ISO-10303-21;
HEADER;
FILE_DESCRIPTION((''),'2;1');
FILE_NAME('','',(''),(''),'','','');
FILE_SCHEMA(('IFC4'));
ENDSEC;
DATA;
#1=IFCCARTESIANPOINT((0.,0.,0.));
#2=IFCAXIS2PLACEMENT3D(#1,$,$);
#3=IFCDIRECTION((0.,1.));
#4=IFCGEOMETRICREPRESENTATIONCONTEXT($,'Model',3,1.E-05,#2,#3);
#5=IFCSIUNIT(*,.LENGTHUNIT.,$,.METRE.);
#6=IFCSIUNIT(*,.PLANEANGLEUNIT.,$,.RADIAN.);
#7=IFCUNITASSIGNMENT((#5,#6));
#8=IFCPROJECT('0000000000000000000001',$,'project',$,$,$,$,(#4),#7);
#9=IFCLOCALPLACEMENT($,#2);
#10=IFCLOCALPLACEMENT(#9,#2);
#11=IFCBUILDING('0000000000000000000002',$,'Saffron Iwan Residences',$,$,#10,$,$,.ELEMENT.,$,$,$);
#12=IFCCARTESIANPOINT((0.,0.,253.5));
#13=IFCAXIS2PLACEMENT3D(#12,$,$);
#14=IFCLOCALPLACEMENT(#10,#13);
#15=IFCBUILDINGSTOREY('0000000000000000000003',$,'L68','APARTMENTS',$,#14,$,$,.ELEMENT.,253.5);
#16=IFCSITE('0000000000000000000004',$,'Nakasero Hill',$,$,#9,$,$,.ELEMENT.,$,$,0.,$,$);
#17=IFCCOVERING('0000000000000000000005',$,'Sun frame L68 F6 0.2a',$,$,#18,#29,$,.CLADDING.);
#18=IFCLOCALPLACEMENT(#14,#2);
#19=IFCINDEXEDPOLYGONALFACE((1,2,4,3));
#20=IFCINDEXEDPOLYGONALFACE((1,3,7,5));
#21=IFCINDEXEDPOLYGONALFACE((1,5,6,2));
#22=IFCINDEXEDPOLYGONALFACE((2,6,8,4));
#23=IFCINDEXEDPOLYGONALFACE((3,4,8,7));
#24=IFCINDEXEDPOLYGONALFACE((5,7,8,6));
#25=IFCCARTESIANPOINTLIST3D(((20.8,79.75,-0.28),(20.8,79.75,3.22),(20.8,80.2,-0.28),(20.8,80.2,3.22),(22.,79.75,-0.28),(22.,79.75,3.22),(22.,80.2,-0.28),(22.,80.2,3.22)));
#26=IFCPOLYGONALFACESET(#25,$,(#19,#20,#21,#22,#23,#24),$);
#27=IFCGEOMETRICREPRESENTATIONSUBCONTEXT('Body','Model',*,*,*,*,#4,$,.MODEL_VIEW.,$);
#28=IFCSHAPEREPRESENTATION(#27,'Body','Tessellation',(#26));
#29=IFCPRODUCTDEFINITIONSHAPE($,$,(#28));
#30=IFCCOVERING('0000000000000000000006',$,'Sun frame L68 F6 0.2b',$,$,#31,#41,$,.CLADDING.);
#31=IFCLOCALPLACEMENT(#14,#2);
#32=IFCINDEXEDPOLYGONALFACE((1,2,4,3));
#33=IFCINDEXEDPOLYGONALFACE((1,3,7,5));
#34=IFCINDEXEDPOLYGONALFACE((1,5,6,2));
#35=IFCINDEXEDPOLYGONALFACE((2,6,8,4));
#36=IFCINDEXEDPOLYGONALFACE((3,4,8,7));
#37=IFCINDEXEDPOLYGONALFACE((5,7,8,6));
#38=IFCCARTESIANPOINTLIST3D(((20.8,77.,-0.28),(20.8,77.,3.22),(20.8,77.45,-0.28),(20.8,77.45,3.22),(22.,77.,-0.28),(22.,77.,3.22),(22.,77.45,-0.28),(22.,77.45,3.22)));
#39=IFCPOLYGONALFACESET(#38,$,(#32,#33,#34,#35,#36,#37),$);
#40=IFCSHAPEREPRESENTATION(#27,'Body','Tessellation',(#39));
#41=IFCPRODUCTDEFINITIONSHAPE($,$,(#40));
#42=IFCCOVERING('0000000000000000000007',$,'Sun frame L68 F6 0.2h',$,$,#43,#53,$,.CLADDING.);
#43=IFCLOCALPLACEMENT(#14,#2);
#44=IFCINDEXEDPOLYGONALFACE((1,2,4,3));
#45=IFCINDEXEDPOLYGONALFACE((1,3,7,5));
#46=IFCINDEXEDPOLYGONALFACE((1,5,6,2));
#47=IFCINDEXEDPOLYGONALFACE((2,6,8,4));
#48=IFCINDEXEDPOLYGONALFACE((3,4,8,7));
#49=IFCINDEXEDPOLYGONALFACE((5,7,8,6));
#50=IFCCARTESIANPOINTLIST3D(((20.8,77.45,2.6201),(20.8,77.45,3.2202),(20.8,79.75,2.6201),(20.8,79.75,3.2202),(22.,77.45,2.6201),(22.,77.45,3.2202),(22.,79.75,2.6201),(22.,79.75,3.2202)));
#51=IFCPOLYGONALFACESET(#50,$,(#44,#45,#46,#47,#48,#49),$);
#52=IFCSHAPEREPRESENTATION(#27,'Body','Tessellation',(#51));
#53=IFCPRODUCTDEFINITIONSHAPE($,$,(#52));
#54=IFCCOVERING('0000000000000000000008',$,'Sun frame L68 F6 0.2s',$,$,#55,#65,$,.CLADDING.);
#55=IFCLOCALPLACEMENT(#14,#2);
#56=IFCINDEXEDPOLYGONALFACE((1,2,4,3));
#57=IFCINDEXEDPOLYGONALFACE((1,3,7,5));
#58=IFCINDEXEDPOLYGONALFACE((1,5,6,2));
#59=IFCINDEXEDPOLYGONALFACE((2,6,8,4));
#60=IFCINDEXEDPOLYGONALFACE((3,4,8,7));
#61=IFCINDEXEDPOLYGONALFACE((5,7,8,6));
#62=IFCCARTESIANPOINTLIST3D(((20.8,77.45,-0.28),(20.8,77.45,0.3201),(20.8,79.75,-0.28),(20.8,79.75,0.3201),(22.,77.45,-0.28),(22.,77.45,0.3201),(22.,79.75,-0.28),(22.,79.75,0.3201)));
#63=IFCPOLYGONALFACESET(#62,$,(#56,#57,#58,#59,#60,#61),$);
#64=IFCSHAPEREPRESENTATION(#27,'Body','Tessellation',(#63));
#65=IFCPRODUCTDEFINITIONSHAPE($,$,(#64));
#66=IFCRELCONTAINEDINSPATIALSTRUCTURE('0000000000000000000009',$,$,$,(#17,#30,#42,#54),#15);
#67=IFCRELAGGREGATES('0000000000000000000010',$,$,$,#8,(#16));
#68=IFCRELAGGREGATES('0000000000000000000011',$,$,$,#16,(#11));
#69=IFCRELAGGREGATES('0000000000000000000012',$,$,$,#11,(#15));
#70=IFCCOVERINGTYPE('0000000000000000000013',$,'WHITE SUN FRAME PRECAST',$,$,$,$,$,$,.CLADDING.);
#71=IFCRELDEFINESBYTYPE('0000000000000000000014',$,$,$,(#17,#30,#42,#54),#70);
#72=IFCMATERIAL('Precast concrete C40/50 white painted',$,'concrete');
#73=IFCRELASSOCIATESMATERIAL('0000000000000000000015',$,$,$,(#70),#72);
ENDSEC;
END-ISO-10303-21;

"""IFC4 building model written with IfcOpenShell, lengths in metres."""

from ifc_helpers import new_model, si_unit, direction, frame, origin, place, context, subcontext, project, spatial, polyline, outline, extrude, material, type_object, element, save


model = new_model("IFC4")

# Units and contexts
model_context = context("Model", 3, precision=1e-05, world=origin(), true_north=direction((0.0, 1.0)))
body_context = subcontext(model_context, "Body", "Model", "MODEL_VIEW")
ifc_project = project(units=[si_unit("LENGTHUNIT", "METRE"), si_unit("PLANEANGLEUNIT", "RADIAN")], contexts=[model_context])

# Site, building, storey
site_placement = place(None, origin())
site = spatial("IfcSite", under=ifc_project, at=site_placement, Name="Nakasero Hill", CompositionType="ELEMENT", RefElevation=0.0)
building_placement = place(site_placement, origin())
building = spatial("IfcBuilding", under=site, at=building_placement, Name="Saffron Iwan Residences", CompositionType="ELEMENT")
storey_placement = place(building_placement, frame((0.0, 0.0, 253.5)))
storey = spatial("IfcBuildingStorey", under=building, at=storey_placement, Name="L68", Description="APARTMENTS", CompositionType="ELEMENT", Elevation=253.5)

# Coverings
ifc_material_1 = material(Name="Precast concrete C40/50 white painted", Category="concrete")
covering_type_1 = type_object("IfcCoveringType", Name="WHITE SUN FRAME PRECAST", PredefinedType="CLADDING", material=ifc_material_1)
for number, where, z_axis, x_axis, name in (
    (1, (22.0, 80.2, -0.28), (-1.0, 0.0, 0.0), (0.0, -1.0, 0.0), "Sun frame L68 F6 0.2a"),
    (2, (22.0, 77.45, -0.28), (-1.0, 0.0, 0.0), (0.0, -1.0, 0.0), "Sun frame L68 F6 0.2b"),
):
    element("IfcCovering", number, at=place(storey_placement, frame(where, z_axis=z_axis, x_axis=x_axis)), inside=storey, type_object=covering_type_1, Name=name, PredefinedType="CLADDING", context=body_context, shape_type="SweptSolid", body=[
        extrude(outline(polyline([(0.0, 0.0), (0.45, 0.0), (0.45, 3.5), (0.0, 3.5), (0.0, 0.0)])), origin(), (0.0, 0.0, 1.0), 1.2),
    ])
for number, where, z_axis, x_axis, name in (
    (3, (22.0, 79.75, 2.6201), (-1.0, 0.0, 0.0), (0.0, -1.0, 0.0), "Sun frame L68 F6 0.2h"),
    (4, (22.0, 79.75, -0.28), (-1.0, 0.0, 0.0), (0.0, -1.0, 0.0), "Sun frame L68 F6 0.2s"),
):
    element("IfcCovering", number, at=place(storey_placement, frame(where, z_axis=z_axis, x_axis=x_axis)), inside=storey, type_object=covering_type_1, Name=name, PredefinedType="CLADDING", context=body_context, shape_type="SweptSolid", body=[
        extrude(outline(polyline([(0.0, 0.0), (2.3, 0.0), (2.3, 0.6001), (0.0, 0.6001), (0.0, 0.0)])), origin(), (0.0, 0.0, 1.0), 1.2),
    ])

save(model, "model.ifc")
